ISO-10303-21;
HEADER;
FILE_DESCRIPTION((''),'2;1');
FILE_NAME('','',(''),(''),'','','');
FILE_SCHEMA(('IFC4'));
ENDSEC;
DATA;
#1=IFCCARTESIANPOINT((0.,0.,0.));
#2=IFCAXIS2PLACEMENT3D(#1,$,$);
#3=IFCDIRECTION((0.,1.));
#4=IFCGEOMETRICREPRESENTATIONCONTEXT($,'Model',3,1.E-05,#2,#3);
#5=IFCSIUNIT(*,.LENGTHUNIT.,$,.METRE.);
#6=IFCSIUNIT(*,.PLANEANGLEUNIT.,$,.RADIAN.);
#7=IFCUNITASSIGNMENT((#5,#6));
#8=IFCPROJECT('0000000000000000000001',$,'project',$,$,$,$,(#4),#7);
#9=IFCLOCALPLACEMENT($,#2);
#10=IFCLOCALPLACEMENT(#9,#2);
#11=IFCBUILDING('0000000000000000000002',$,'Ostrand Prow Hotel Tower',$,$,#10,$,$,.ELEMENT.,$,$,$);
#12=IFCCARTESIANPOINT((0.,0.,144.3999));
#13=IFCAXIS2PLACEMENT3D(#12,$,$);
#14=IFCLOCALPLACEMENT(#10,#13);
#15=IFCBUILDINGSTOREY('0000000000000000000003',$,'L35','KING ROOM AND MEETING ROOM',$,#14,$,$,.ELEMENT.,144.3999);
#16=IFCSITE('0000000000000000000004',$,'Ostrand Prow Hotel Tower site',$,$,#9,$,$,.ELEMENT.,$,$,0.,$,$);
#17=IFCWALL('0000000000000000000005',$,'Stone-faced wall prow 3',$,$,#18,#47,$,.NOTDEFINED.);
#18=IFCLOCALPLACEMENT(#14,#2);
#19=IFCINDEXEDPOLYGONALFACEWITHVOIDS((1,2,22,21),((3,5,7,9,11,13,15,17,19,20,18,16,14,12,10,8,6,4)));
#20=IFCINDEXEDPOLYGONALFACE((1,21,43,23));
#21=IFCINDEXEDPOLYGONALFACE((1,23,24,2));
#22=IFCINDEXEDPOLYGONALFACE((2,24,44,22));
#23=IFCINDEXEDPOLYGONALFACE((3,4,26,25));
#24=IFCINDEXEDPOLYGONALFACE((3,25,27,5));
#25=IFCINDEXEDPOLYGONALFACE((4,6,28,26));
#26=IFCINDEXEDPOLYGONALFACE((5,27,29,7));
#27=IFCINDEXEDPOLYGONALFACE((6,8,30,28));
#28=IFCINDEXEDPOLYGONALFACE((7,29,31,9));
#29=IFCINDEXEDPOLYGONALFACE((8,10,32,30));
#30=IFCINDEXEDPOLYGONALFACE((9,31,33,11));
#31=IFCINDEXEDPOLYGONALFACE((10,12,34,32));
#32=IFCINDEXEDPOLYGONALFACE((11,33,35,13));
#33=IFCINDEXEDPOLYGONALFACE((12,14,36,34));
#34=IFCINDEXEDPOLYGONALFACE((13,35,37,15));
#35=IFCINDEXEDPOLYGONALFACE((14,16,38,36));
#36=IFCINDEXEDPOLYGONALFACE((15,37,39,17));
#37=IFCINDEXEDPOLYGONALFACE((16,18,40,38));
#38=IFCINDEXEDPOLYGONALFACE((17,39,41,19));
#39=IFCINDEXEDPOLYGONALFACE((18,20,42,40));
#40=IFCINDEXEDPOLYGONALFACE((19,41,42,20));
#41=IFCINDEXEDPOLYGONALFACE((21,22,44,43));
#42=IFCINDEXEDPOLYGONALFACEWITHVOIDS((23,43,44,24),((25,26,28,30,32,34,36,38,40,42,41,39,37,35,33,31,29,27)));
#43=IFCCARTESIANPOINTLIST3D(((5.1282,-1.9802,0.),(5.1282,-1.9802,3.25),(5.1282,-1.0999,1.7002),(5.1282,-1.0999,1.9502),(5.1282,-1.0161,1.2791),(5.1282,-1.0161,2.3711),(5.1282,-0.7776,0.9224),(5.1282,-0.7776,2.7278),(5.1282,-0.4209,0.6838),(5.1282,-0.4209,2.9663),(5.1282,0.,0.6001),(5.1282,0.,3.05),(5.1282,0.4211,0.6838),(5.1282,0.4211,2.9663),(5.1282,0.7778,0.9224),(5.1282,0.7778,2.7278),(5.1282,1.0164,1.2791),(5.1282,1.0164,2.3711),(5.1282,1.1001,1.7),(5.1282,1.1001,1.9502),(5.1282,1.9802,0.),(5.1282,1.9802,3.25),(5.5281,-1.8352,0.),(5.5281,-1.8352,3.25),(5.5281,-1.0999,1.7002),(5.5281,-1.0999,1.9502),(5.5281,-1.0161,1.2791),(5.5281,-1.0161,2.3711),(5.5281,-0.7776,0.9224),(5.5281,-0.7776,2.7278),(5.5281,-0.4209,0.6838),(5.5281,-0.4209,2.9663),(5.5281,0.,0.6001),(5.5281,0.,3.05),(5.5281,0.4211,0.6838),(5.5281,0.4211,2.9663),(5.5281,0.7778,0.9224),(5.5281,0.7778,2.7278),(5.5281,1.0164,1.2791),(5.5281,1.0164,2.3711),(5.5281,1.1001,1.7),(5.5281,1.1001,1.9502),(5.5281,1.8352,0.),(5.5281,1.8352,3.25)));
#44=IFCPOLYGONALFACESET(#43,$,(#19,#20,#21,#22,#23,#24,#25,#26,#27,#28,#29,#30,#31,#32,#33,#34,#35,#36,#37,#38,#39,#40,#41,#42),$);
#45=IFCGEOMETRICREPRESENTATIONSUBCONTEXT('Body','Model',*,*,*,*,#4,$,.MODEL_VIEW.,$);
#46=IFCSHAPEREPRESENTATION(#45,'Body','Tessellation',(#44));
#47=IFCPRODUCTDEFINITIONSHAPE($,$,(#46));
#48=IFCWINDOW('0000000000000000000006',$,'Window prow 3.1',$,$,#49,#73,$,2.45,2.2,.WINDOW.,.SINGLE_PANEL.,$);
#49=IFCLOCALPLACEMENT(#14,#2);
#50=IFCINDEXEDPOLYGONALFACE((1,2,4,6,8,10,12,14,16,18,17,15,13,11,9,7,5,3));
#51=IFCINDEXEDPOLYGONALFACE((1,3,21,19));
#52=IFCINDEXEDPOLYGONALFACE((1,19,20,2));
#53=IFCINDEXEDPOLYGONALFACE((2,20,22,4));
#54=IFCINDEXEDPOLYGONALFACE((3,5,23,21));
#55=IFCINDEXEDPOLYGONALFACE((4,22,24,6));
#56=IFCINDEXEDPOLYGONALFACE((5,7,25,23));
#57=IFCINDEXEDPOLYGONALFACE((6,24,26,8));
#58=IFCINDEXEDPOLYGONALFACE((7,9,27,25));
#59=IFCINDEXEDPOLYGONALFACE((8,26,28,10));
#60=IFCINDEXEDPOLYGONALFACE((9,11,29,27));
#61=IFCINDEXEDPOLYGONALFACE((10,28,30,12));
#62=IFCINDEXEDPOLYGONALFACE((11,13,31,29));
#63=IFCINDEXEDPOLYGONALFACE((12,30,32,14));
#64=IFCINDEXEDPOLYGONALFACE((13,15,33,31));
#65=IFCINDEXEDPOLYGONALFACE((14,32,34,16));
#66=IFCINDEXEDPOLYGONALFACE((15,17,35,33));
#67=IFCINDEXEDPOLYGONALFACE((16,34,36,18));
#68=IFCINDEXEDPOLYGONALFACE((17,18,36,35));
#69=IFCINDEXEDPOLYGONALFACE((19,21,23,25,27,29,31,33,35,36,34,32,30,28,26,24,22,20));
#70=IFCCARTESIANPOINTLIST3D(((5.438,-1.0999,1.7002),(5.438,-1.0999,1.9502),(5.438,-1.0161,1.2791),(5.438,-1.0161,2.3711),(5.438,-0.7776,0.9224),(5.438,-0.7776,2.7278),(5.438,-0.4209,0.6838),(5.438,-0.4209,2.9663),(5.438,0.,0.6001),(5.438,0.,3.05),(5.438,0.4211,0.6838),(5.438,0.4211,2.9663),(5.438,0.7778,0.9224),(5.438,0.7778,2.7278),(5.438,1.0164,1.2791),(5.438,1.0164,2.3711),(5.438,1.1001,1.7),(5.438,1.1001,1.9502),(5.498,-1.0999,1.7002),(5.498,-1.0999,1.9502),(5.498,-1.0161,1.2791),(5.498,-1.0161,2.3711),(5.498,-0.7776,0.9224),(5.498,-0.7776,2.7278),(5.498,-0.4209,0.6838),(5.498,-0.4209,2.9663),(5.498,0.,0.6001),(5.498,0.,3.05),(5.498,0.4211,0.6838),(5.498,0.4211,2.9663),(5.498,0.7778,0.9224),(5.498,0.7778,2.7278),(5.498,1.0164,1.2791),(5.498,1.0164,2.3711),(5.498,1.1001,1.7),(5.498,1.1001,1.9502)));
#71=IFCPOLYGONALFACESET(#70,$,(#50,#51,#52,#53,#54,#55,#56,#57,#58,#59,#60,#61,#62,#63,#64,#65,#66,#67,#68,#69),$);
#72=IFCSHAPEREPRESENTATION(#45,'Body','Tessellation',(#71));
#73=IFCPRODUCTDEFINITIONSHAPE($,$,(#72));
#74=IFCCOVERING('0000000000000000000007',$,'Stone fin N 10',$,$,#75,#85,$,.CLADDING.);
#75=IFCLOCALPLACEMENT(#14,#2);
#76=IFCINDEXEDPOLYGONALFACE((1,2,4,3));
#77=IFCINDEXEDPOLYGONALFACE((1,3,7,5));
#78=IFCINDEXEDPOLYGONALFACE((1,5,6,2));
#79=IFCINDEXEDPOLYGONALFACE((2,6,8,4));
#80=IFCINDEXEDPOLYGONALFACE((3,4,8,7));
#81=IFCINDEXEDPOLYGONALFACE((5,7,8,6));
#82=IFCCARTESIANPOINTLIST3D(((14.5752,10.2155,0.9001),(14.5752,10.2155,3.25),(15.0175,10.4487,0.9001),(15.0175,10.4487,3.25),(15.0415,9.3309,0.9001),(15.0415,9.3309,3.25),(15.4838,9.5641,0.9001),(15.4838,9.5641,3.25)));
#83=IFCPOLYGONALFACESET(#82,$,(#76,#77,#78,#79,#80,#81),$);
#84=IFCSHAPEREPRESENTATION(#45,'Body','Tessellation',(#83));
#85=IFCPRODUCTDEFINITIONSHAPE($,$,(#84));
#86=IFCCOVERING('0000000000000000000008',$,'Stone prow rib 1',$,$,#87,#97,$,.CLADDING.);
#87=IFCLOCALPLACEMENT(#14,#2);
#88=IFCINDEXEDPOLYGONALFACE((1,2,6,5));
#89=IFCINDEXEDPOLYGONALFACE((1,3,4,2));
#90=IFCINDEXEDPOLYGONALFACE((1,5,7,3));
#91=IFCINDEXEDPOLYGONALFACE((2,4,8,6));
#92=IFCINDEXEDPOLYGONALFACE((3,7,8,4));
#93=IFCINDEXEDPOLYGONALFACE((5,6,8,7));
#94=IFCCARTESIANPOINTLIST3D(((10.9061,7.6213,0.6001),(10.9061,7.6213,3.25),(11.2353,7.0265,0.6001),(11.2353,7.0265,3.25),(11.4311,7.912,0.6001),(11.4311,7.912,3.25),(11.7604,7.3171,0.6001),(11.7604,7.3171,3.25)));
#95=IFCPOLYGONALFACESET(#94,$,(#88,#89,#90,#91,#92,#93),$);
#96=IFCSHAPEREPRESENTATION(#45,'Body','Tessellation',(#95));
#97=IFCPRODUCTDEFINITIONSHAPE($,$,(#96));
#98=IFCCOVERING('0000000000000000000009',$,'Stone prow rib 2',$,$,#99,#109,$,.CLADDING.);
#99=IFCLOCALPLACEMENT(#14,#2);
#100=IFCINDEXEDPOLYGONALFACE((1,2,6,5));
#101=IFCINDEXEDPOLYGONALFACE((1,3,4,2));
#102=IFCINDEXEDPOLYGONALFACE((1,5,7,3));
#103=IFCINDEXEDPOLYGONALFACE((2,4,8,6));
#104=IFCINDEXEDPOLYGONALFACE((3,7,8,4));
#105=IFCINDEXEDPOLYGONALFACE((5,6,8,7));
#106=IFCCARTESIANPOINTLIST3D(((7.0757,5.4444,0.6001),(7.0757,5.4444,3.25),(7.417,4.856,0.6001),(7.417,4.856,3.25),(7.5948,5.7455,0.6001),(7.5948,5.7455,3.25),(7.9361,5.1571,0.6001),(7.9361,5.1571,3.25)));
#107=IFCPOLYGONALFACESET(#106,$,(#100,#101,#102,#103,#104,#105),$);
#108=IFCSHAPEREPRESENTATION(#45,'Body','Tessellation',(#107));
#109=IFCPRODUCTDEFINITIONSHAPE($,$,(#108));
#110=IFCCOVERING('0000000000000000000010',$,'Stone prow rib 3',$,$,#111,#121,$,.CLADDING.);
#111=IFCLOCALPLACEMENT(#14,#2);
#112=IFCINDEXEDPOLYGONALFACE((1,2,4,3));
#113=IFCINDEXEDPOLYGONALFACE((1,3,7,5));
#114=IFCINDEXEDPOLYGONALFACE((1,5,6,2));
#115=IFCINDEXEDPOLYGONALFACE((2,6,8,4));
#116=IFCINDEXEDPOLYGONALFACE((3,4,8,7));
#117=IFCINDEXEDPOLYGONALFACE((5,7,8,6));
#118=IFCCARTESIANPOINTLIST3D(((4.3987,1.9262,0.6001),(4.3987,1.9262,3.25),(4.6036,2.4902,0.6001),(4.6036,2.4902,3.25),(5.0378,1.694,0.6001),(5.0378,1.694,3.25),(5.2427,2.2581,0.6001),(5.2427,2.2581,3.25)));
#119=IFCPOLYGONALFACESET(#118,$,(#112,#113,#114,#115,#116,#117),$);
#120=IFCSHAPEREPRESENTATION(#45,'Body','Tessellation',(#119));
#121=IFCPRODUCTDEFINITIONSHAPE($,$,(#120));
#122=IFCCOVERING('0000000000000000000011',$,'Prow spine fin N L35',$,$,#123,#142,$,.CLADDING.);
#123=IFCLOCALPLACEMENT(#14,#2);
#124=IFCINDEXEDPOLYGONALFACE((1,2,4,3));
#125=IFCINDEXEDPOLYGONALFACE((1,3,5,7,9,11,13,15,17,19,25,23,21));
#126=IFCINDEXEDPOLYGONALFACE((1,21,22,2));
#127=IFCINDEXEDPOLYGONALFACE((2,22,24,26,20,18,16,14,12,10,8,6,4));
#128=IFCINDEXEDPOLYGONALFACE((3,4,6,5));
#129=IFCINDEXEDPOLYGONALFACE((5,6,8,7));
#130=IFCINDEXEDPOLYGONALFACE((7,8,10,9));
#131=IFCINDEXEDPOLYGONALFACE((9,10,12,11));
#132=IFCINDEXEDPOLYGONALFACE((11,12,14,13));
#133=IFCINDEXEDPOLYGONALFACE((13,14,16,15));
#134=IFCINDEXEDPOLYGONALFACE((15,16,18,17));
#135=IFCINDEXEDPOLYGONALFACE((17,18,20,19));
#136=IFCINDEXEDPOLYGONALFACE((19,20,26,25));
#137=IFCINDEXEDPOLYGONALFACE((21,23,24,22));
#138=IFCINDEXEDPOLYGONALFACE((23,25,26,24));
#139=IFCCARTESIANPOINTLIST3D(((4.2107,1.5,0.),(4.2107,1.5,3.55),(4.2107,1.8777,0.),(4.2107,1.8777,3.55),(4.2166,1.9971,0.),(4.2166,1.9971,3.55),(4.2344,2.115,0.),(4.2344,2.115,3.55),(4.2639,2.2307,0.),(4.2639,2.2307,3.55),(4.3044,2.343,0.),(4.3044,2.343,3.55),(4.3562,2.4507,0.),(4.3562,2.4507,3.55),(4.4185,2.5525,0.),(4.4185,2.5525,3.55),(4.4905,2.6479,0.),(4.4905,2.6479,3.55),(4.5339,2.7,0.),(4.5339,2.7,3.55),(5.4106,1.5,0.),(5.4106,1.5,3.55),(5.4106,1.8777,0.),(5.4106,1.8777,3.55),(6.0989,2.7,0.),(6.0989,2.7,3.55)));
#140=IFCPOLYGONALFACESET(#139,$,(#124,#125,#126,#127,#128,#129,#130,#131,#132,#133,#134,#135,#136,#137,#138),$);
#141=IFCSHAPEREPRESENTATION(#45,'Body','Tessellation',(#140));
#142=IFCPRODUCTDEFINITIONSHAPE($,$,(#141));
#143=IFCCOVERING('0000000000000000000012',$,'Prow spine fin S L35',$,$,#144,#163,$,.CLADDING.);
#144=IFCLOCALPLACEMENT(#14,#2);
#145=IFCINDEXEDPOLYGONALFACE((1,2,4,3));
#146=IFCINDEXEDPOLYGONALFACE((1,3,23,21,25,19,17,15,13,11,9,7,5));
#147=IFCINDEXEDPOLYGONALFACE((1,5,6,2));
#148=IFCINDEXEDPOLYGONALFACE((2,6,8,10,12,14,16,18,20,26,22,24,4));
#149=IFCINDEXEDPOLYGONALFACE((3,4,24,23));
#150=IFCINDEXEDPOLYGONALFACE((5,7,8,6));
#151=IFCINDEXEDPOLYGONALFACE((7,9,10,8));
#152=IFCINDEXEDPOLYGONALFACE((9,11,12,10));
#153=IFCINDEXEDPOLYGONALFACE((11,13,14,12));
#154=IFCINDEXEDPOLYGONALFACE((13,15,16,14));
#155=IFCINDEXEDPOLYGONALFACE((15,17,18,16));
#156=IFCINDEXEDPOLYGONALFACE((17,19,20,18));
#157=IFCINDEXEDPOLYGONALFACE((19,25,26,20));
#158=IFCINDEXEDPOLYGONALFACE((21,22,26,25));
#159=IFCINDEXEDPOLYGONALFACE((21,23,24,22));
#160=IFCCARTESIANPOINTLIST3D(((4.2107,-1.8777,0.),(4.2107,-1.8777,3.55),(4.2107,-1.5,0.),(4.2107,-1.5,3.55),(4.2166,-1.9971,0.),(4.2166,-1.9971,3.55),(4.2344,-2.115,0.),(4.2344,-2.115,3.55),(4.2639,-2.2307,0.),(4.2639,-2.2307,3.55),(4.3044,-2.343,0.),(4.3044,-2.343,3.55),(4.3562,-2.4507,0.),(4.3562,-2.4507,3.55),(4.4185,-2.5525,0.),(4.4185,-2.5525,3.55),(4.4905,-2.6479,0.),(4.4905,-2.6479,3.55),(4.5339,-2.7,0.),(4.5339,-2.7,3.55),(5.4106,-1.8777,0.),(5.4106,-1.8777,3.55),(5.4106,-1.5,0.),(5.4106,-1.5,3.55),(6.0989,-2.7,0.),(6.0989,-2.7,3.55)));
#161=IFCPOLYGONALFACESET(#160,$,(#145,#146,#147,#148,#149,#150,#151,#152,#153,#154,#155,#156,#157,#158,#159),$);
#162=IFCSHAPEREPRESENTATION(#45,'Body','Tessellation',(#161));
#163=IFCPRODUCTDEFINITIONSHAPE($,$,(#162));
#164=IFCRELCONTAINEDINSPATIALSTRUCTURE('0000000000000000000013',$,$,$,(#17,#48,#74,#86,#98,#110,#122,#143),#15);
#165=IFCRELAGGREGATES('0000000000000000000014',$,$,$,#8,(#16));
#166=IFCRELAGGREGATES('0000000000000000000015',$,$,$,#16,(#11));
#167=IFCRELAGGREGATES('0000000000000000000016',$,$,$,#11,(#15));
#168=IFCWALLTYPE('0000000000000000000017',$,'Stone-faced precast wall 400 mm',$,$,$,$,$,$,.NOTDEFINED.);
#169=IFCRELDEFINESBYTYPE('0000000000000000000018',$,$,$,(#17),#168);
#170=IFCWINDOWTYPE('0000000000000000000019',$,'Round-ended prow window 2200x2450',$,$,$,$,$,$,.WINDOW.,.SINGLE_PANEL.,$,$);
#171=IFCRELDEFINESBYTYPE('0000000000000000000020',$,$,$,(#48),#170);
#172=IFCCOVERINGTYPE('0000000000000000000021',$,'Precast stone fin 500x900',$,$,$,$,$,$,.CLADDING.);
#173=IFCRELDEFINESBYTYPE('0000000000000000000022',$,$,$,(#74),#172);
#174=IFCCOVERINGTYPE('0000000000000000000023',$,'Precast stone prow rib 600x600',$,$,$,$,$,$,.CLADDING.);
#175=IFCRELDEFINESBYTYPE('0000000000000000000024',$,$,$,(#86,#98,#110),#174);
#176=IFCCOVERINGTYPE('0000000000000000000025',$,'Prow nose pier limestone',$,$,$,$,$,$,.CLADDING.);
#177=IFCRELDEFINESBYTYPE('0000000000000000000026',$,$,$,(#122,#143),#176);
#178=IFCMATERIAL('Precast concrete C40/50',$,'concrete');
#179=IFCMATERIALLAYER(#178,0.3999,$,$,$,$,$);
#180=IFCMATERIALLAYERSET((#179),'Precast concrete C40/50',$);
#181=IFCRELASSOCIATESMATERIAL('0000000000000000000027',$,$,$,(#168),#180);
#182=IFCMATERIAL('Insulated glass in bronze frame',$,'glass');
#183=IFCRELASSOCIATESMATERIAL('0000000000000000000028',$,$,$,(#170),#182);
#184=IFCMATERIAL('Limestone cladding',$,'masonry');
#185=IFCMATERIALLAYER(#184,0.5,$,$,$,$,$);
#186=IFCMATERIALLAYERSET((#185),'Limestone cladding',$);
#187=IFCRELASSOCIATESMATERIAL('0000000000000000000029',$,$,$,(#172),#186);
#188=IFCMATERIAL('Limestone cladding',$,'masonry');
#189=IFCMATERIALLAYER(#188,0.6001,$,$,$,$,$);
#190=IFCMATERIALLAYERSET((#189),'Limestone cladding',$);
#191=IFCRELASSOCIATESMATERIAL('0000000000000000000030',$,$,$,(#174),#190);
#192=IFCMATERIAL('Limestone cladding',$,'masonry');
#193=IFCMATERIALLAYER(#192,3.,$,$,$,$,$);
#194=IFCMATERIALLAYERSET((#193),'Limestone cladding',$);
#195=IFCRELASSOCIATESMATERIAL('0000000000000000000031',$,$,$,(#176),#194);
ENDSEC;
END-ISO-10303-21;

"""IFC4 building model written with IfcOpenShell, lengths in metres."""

from ifc_helpers import new_model, si_unit, direction, frame, frame_2d, origin, place, context, subcontext, project, spatial, polyline, rectangle, outline, extrude, material, layer, layer_set, type_object, element, fill, save


model = new_model("IFC4")

# Units and contexts
model_context = context("Model", 3, precision=1e-05, world=origin(), true_north=direction((0.0, 1.0)))
body_context = subcontext(model_context, "Body", "Model", "MODEL_VIEW")
ifc_project = project(units=[si_unit("LENGTHUNIT", "METRE"), si_unit("PLANEANGLEUNIT", "RADIAN")], contexts=[model_context])

# Site, building, storey
site_placement = place(None, origin())
site = spatial("IfcSite", under=ifc_project, at=site_placement, Name="Ostrand Prow Hotel Tower site", CompositionType="ELEMENT", RefElevation=0.0)
building_placement = place(site_placement, origin())
building = spatial("IfcBuilding", under=site, at=building_placement, Name="Ostrand Prow Hotel Tower", CompositionType="ELEMENT")
storey_placement = place(building_placement, frame((0.0, 0.0, 144.3999)))
storey = spatial("IfcBuildingStorey", under=building, at=storey_placement, Name="L35", Description="KING ROOM AND MEETING ROOM", CompositionType="ELEMENT", Elevation=144.3999)

# Wall, opening, window
ifc_material_1 = material(Name="Precast concrete C40/50", Category="concrete")
ifc_layer_1 = layer(ifc_material_1, 0.3999)
ifc_layer_set_1 = layer_set([ifc_layer_1], Name="Precast concrete C40/50")
wall_type_1 = type_object("IfcWallType", Name="Stone-faced precast wall 400 mm", PredefinedType="NOTDEFINED", material=ifc_layer_set_1)
ifc_material_2 = material(Name="Insulated glass in bronze frame", Category="glass")
window_type = type_object("IfcWindowType", Name="Round-ended prow window 2200x2450", PartitioningType="SINGLE_PANEL", PredefinedType="WINDOW", material=ifc_material_2)
wall_1_placement = place(storey_placement, frame((5.3281, 1.9077, 0.0), z_axis=(0.0, 0.0, 1.0), x_axis=(0.0, -1.0, 0.0)))
wall_1 = element("IfcWall", 1, at=wall_1_placement, inside=storey, type_object=wall_type_1, Name="Stone-faced wall prow 3", PredefinedType="NOTDEFINED", context=body_context, shape_type="SweptSolid", body=[
    extrude(outline(polyline([(-0.0725, -0.2), (3.8879, -0.2), (3.7429, 0.2), (0.0725, 0.2), (-0.0725, -0.2)])), origin(), (0.0, 0.0, 1.0), 3.25),
])
opening_1_placement = place(wall_1_placement, frame((0.8076, 0.0, 0.6001)))
opening_1 = element("IfcOpeningElement", 2, at=opening_1_placement, cuts=wall_1, PredefinedType="OPENING", context=body_context, shape_type="SweptSolid", body=[
    extrude(outline(polyline([(0.0, 1.3501), (0.0837, 1.771), (0.3223, 2.1277), (0.679, 2.3662), (1.1001, 2.45), (1.521, 2.3662), (1.8777, 2.1277), (2.1162, 1.771), (2.2, 1.3501), (2.2, 1.1001), (2.1162, 0.679), (1.8777, 0.3223), (1.521, 0.0837), (1.1001, 0.0), (0.679, 0.0837), (0.3223, 0.3223), (0.0837, 0.679), (0.0, 1.0999), (0.0, 1.3501)])), frame((0.0, 0.21, 0.0), z_axis=(0.0, -1.0, 0.0), x_axis=(1.0, 0.0, 0.0)), (0.0, 0.0, 1.0), 0.4199),
])
window_1_placement = place(opening_1_placement, origin())
window_1 = element("IfcWindow", 3, at=window_1_placement, inside=storey, type_object=window_type, Name="Window prow 3.1", OverallHeight=2.45, OverallWidth=2.2, PartitioningType="SINGLE_PANEL", PredefinedType="WINDOW", context=body_context, shape_type="SweptSolid", body=[
    extrude(outline(polyline([(0.0, 1.3501), (0.0837, 1.771), (0.3223, 2.1277), (0.679, 2.3662), (1.1001, 2.45), (1.521, 2.3662), (1.8777, 2.1277), (2.1162, 1.771), (2.2, 1.3501), (2.2, 1.1001), (2.1162, 0.679), (1.8777, 0.3223), (1.521, 0.0837), (1.1001, 0.0), (0.679, 0.0837), (0.3223, 0.3223), (0.0837, 0.679), (0.0, 1.0999), (0.0, 1.3501)])), frame((0.0, 0.1699, 0.0), z_axis=(0.0, -1.0, 0.0), x_axis=(1.0, 0.0, 0.0)), (0.0, 0.0, 1.0), 0.0601),
])
fill(opening_1, window_1)

# Coverings
ifc_material_3 = material(Name="Limestone cladding", Category="masonry")
ifc_layer_2 = layer(ifc_material_3, 0.5)
ifc_layer_set_2 = layer_set([ifc_layer_2], Name="Limestone cladding")
covering_type_1 = type_object("IfcCoveringType", Name="Precast stone fin 500x900", PredefinedType="CLADDING", material=ifc_layer_set_2)
covering_1_placement = place(storey_placement, frame((15.2627, 9.4475, 0.9001), z_axis=(0.0, 0.0, 1.0), x_axis=(-0.46635, 0.8846, 0.0)))
element("IfcCovering", 4, at=covering_1_placement, inside=storey, type_object=covering_type_1, Name="Stone fin N 10", PredefinedType="CLADDING", context=body_context, shape_type="SweptSolid", body=[
    extrude(rectangle(XDim=1.0, YDim=0.5, at=frame_2d((0.5, 0.0))), origin(), (0.0, 0.0, 1.0), 2.3499),
])
ifc_material_4 = material(Name="Limestone cladding", Category="masonry")
ifc_layer_3 = layer(ifc_material_4, 0.6001)
ifc_layer_set_3 = layer_set([ifc_layer_3], Name="Limestone cladding")
covering_type_2 = type_object("IfcCoveringType", Name="Precast stone prow rib 600x600", PredefinedType="CLADDING", material=ifc_layer_set_3)
covering_2_placement = place(storey_placement, frame((11.4978, 7.1719, 0.6001), z_axis=(0.0, 0.0, 1.0), x_axis=(-0.484301, 0.874901, 0.0)))
element("IfcCovering", 5, at=covering_2_placement, inside=storey, type_object=covering_type_2, Name="Stone prow rib 1", PredefinedType="CLADDING", context=body_context, shape_type="SweptSolid", body=[
    extrude(rectangle(XDim=0.6799, YDim=0.6001, at=frame_2d((0.3398, 0.0))), origin(), (0.0, 0.0, 1.0), 2.6499),
])
covering_3_placement = place(storey_placement, frame((7.6765, 5.0066, 0.6001), z_axis=(0.0, 0.0, 1.0), x_axis=(-0.501772, 0.865, 0.0)))
element("IfcCovering", 6, at=covering_3_placement, inside=storey, type_object=covering_type_2, Name="Stone prow rib 2", PredefinedType="CLADDING", context=body_context, shape_type="SweptSolid", body=[
    extrude(rectangle(XDim=0.6802, YDim=0.6001, at=frame_2d((0.3401, 0.0))), origin(), (0.0, 0.0, 1.0), 2.6499),
])
covering_4_placement = place(storey_placement, frame((5.1401, 1.9761, 0.6001), z_axis=(0.0, 0.0, 1.0), x_axis=(-0.939909, 0.341426, 0.0)))
element("IfcCovering", 7, at=covering_4_placement, inside=storey, type_object=covering_type_2, Name="Stone prow rib 3", PredefinedType="CLADDING", context=body_context, shape_type="SweptSolid", body=[
    extrude(rectangle(XDim=0.6799, YDim=0.6001, at=frame_2d((0.3398, 0.0))), origin(), (0.0, 0.0, 1.0), 2.6499),
])
ifc_material_5 = material(Name="Limestone cladding", Category="masonry")
ifc_layer_4 = layer(ifc_material_5, 3.0)
ifc_layer_set_4 = layer_set([ifc_layer_4], Name="Limestone cladding")
covering_type_3 = type_object("IfcCoveringType", Name="Prow nose pier limestone", PredefinedType="CLADDING", material=ifc_layer_set_4)
covering_5_placement = place(storey_placement, origin())
element("IfcCovering", 8, at=covering_5_placement, inside=storey, type_object=covering_type_3, Name="Prow spine fin N L35", PredefinedType="CLADDING", context=body_context, shape_type="SweptSolid", body=[
    extrude(outline(polyline([(4.2107, 1.8777), (4.2107, 1.5), (5.4106, 1.5), (5.4106, 1.8777), (6.0989, 2.7), (4.5339, 2.7), (4.4905, 2.6479), (4.4185, 2.5525), (4.3562, 2.4507), (4.3044, 2.343), (4.2639, 2.2307), (4.2344, 2.115), (4.2166, 1.9971), (4.2107, 1.8777)])), origin(), (0.0, 0.0, 1.0), 3.55),
])
covering_6_placement = place(storey_placement, origin())
element("IfcCovering", 9, at=covering_6_placement, inside=storey, type_object=covering_type_3, Name="Prow spine fin S L35", PredefinedType="CLADDING", context=body_context, shape_type="SweptSolid", body=[
    extrude(outline(polyline([(4.4905, -2.6479), (4.5339, -2.7), (6.0989, -2.7), (5.4106, -1.8777), (5.4106, -1.5), (4.2107, -1.5), (4.2107, -1.8777), (4.2166, -1.9971), (4.2344, -2.115), (4.2639, -2.2307), (4.3044, -2.343), (4.3562, -2.4507), (4.4185, -2.5525), (4.4905, -2.6479)])), origin(), (0.0, 0.0, 1.0), 3.55),
])

save(model, "model.ifc")
